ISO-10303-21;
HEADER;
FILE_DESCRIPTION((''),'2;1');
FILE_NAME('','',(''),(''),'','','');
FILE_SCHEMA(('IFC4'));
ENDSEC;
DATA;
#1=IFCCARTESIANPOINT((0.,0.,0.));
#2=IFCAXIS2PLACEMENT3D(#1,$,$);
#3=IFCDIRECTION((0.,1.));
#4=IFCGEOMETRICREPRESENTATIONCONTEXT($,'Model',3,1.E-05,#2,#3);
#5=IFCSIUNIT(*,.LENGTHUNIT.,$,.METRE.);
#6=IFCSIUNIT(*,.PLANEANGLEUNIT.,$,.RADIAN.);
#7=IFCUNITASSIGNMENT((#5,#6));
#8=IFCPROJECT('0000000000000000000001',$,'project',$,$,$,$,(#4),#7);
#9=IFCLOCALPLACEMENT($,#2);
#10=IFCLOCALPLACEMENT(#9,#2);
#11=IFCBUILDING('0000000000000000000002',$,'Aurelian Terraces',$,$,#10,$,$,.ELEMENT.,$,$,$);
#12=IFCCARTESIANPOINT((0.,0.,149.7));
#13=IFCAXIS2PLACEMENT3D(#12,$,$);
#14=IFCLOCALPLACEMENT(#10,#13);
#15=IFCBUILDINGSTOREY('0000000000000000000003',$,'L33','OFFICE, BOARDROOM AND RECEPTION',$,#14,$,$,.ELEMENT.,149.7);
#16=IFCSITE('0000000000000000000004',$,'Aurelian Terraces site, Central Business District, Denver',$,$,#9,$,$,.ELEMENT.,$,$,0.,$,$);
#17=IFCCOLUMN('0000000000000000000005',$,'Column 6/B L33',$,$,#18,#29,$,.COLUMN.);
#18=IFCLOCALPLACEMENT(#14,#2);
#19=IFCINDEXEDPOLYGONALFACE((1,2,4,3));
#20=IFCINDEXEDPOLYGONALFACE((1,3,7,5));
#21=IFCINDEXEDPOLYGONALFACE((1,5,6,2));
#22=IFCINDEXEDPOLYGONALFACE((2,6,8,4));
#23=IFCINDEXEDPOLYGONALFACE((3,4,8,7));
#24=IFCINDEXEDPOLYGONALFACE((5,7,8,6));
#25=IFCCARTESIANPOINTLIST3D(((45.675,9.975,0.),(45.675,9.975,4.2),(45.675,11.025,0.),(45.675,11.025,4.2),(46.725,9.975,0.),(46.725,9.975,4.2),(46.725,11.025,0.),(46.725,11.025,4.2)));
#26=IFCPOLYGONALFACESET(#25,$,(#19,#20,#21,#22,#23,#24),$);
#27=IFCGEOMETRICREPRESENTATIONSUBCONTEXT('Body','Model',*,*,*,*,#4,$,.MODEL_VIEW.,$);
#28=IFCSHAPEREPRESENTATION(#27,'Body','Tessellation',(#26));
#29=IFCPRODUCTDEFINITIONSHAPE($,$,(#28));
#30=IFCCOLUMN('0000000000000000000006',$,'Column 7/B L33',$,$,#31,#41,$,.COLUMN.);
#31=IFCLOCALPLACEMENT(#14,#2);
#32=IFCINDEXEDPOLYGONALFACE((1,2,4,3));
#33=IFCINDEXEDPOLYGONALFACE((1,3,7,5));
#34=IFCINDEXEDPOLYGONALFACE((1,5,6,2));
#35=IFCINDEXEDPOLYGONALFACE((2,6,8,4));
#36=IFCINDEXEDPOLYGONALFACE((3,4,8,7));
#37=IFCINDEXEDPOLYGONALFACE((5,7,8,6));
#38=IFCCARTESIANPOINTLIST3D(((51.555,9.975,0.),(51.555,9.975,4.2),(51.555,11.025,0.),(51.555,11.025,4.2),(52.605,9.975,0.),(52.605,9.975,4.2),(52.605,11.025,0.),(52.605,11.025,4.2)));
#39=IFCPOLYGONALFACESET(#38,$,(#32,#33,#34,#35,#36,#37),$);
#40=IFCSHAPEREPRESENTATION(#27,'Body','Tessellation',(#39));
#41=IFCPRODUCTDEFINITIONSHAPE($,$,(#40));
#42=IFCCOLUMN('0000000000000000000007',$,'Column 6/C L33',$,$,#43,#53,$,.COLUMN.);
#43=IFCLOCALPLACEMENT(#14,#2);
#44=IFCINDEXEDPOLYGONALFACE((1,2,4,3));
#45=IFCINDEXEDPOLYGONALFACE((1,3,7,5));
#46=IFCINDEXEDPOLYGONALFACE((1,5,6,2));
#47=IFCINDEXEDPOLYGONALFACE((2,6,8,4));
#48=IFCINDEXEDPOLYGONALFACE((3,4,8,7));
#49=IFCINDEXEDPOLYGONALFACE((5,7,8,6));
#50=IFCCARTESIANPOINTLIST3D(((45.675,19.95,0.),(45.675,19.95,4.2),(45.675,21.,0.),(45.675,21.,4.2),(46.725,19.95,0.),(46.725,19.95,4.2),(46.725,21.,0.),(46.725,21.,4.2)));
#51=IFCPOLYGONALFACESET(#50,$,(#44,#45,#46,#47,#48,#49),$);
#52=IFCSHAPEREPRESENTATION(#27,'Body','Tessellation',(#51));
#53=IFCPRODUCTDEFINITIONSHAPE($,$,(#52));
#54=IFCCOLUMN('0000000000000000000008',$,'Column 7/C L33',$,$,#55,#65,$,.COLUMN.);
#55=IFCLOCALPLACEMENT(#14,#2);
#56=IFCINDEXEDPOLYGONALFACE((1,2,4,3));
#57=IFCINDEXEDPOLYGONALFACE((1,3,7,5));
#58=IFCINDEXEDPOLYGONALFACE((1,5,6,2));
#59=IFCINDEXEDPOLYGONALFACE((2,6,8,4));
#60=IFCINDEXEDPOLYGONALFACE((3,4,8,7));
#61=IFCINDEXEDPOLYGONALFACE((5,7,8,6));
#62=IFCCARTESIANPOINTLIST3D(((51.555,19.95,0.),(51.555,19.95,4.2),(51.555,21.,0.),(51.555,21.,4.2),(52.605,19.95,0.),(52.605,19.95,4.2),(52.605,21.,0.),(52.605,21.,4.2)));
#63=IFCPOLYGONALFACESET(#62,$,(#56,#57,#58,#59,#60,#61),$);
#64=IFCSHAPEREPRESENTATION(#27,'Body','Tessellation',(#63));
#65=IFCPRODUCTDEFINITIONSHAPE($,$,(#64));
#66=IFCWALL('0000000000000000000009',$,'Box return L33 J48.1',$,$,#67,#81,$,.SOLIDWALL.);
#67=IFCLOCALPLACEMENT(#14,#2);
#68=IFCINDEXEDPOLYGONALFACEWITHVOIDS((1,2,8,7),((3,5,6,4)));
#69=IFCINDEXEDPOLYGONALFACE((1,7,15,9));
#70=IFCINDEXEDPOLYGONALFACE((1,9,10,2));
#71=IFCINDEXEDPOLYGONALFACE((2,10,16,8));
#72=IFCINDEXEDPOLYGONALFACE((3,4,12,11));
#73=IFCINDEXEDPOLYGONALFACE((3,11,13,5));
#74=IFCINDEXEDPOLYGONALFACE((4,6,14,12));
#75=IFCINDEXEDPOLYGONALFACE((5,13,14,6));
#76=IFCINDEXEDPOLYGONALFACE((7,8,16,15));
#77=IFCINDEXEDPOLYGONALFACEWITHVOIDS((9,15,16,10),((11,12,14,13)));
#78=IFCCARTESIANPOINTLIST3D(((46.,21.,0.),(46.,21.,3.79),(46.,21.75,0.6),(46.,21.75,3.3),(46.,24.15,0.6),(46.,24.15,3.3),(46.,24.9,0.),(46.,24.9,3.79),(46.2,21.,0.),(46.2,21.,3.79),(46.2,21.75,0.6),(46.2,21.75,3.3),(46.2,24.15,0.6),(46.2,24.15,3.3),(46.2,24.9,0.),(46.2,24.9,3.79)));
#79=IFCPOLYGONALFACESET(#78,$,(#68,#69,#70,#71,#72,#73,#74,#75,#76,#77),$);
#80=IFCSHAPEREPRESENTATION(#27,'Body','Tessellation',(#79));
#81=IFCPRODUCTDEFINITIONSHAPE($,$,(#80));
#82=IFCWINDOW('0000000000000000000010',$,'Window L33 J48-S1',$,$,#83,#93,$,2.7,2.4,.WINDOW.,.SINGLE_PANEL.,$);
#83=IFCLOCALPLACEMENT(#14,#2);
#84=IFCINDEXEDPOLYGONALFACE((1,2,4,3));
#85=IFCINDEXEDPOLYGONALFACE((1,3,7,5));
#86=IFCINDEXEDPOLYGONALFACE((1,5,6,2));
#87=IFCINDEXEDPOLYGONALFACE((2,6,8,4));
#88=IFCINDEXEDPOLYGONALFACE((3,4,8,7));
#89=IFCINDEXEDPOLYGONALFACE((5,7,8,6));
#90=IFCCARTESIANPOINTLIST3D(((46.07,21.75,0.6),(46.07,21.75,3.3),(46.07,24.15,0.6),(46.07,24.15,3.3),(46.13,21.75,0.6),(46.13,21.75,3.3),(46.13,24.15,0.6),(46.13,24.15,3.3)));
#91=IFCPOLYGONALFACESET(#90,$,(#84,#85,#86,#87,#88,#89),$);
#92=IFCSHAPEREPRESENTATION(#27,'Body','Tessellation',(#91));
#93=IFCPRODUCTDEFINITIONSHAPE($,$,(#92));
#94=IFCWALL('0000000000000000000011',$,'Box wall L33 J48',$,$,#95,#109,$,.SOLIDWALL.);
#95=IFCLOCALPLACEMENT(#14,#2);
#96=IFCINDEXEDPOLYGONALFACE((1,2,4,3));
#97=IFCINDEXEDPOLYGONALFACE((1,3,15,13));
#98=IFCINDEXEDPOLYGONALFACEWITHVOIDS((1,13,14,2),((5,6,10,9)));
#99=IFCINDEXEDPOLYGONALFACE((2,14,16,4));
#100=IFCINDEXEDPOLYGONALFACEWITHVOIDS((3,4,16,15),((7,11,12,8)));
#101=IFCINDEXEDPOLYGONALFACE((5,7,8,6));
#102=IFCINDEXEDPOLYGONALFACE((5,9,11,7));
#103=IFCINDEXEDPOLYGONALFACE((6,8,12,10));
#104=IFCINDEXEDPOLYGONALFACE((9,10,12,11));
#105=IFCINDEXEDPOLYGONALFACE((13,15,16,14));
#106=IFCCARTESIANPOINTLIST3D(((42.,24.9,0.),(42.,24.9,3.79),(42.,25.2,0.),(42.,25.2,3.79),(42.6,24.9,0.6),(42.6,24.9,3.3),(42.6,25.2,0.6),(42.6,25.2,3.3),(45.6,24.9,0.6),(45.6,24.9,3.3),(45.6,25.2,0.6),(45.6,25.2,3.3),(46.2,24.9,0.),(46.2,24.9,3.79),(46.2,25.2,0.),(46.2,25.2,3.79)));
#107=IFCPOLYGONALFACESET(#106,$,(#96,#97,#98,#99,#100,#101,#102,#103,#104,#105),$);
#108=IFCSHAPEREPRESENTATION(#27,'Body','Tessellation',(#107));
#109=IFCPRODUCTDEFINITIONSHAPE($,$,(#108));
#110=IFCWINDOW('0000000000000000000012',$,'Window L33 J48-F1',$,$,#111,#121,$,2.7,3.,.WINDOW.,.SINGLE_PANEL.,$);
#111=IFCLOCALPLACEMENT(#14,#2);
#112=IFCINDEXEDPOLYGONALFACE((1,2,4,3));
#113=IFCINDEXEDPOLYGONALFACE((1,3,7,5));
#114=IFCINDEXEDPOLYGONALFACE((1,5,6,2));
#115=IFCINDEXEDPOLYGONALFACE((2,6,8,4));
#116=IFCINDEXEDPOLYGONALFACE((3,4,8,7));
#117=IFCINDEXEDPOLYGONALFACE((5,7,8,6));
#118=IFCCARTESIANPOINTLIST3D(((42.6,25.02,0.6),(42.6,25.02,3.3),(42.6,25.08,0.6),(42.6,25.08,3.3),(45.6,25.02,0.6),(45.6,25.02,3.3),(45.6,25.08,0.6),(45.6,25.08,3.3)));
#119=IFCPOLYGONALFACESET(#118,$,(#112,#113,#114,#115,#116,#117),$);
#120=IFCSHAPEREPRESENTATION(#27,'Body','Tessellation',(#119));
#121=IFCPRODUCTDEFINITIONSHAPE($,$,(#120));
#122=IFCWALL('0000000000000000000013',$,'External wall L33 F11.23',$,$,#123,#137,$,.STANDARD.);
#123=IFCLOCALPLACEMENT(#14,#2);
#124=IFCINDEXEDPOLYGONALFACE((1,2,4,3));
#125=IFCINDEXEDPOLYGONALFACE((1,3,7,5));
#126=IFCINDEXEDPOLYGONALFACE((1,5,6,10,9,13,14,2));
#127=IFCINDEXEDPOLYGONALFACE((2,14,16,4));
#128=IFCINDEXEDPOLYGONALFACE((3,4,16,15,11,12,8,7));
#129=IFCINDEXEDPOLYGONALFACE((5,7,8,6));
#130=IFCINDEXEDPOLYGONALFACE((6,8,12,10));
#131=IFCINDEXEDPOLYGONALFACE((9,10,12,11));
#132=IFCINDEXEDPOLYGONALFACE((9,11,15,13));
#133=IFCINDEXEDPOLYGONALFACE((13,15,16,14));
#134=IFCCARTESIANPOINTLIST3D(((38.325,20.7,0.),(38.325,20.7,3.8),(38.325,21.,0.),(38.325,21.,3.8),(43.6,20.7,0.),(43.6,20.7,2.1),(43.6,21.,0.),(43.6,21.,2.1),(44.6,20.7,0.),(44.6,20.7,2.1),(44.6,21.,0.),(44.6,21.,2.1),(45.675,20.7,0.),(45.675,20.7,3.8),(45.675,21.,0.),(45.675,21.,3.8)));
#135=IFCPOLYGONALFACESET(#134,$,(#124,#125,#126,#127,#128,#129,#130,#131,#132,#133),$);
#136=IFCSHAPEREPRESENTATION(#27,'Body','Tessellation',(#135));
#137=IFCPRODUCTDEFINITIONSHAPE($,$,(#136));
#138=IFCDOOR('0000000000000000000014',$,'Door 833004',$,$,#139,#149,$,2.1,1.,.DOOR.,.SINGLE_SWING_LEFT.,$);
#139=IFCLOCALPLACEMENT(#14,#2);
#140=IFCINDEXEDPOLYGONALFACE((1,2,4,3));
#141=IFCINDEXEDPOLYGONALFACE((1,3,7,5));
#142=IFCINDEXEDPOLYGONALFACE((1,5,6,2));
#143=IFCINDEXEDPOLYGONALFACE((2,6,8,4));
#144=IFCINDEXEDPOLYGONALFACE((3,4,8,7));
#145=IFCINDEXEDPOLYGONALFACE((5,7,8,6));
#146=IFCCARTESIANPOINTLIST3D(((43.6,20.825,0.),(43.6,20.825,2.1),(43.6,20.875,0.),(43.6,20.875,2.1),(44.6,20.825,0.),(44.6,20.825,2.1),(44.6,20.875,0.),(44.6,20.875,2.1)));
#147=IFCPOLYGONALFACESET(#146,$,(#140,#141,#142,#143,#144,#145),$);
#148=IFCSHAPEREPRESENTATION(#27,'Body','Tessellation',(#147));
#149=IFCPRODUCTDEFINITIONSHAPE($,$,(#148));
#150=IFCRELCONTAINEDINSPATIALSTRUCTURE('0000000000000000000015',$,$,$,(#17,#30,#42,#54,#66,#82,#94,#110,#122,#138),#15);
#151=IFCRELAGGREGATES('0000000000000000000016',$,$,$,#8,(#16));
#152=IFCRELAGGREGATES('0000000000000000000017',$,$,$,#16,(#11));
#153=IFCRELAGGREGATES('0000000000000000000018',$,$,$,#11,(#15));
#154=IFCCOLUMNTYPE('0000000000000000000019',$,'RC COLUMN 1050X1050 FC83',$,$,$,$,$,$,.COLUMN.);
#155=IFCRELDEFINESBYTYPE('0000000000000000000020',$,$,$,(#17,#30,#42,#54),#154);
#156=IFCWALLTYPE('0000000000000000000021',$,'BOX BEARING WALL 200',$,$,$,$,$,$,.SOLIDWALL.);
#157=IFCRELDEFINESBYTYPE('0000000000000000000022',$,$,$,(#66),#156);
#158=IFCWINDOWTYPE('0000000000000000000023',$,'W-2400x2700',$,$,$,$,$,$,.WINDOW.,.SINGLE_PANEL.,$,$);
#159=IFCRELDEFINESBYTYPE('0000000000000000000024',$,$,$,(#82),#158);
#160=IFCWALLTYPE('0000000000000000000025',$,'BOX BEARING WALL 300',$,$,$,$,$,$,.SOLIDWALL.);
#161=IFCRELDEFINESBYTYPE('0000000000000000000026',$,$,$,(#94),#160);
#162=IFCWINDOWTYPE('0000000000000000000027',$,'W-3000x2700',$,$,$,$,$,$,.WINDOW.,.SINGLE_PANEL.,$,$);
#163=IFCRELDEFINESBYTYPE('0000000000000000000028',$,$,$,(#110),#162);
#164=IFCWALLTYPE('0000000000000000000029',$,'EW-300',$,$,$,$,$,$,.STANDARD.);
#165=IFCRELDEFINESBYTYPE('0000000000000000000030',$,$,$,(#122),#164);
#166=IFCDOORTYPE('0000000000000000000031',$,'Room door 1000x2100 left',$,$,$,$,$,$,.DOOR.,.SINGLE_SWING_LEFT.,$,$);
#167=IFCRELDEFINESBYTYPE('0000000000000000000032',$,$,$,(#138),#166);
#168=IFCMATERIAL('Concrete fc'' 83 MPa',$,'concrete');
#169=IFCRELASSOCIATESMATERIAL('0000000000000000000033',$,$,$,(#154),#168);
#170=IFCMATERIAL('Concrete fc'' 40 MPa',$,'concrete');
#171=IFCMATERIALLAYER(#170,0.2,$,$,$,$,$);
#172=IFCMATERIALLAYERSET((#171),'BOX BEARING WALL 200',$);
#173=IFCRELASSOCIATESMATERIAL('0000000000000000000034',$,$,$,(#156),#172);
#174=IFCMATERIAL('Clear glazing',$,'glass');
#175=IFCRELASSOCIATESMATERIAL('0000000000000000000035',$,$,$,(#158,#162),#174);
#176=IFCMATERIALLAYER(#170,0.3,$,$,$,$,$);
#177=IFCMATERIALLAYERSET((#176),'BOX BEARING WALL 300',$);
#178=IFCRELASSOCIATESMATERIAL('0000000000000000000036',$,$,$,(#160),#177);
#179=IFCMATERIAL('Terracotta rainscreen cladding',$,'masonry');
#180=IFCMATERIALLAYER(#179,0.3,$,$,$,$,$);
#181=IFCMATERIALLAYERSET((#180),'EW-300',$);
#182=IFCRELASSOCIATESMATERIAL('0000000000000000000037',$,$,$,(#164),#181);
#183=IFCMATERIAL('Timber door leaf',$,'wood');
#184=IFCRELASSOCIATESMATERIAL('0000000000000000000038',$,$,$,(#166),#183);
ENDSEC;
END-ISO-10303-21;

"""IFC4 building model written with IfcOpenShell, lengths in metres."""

from ifc_helpers import new_model, si_unit, direction, frame, frame_2d, origin, origin_2d, place, context, subcontext, project, spatial, rectangle, extrude, source, transform, mapped, material, layer, layer_set, material_profile, profile_set, type_object, element, fill, save


model = new_model("IFC4")

# Units and contexts
model_context = context("Model", 3, precision=1e-05, world=origin(), true_north=direction((0.0, 1.0)))
body_context = subcontext(model_context, "Body", "Model", "MODEL_VIEW")
ifc_project = project(units=[si_unit("LENGTHUNIT", "METRE"), si_unit("PLANEANGLEUNIT", "RADIAN")], contexts=[model_context])

# Site, building, storey
site_placement = place(None, origin())
site = spatial("IfcSite", under=ifc_project, at=site_placement, Name="Aurelian Terraces site, Central Business District, Denver", CompositionType="ELEMENT", RefElevation=0.0)
building_placement = place(site_placement, origin())
building = spatial("IfcBuilding", under=site, at=building_placement, Name="Aurelian Terraces", CompositionType="ELEMENT")
storey_placement = place(building_placement, frame((0.0, 0.0, 149.7)))
storey = spatial("IfcBuildingStorey", under=building, at=storey_placement, Name="L33", Description="OFFICE, BOARDROOM AND RECEPTION", CompositionType="ELEMENT", Elevation=149.7)

# Columns
ifc_material_1 = material(Name="Concrete fc' 83 MPa", Category="concrete")
ifc_material_profile = material_profile(ifc_material_1, rectangle(XDim=1.05, YDim=1.05, at=origin_2d()))
ifc_profile_set = profile_set([ifc_material_profile], Name="Concrete fc' 83 MPa")
column_type = type_object("IfcColumnType", Name="RC COLUMN 1050X1050 FC83", PredefinedType="COLUMN", material=ifc_profile_set)
shared_shape_1 = source(origin(), body_context, "Body", "SweptSolid", [
    extrude(rectangle(XDim=1.05, YDim=1.05, at=origin_2d()), origin(), (0.0, 0.0, 1.0), 4.2),
])
for number, where, z_axis, x_axis, name in (
    (1, (46.2, 10.5, 0.0), (0.0, 0.0, 1.0), (1.0, 0.0, 0.0), "Column 6/B L33"),
    (2, (52.08, 10.5, 0.0), (0.0, 0.0, 1.0), (1.0, 0.0, 0.0), "Column 7/B L33"),
    (3, (46.2, 20.475, 0.0), (0.0, 0.0, 1.0), (1.0, 0.0, 0.0), "Column 6/C L33"),
    (4, (52.08, 20.475, 0.0), (0.0, 0.0, 1.0), (1.0, 0.0, 0.0), "Column 7/C L33"),
):
    element("IfcColumn", number, at=place(storey_placement, frame(where, z_axis=z_axis, x_axis=x_axis)), inside=storey, type_object=column_type, Name=name, PredefinedType="COLUMN", context=body_context, shape_type="MappedRepresentation", body=[
        mapped(shared_shape_1, transform((0.0, 0.0, 0.0), scale=1.0)),
    ])

# Walls, openings, windows
ifc_material_2 = material(Name="Concrete fc' 40 MPa", Category="concrete")
ifc_layer_1 = layer(ifc_material_2, 0.2)
ifc_layer_set_1 = layer_set([ifc_layer_1], Name="BOX BEARING WALL 200")
wall_type_1 = type_object("IfcWallType", Name="BOX BEARING WALL 200", PredefinedType="SOLIDWALL", material=ifc_layer_set_1)
shared_shape_2 = source(origin(), body_context, "Body", "SweptSolid", [
    extrude(rectangle(XDim=3.9, YDim=0.2, at=frame_2d((1.95, 0.0))), origin(), (0.0, 0.0, 1.0), 3.79),
])
wall_1_placement = place(storey_placement, frame((46.1, 21.0, 0.0), z_axis=(0.0, 0.0, 1.0), x_axis=(0.0, 1.0, 0.0)))
wall_1 = element("IfcWall", 5, at=wall_1_placement, inside=storey, type_object=wall_type_1, Name="Box return L33 J48.1", PredefinedType="SOLIDWALL", context=body_context, shape_type="MappedRepresentation", body=[
    mapped(shared_shape_2, transform((0.0, 0.0, 0.0), scale=1.0)),
])
shared_shape_3 = source(origin(), body_context, "Body", "SweptSolid", [
    extrude(rectangle(XDim=2.4, YDim=2.7, at=frame_2d((1.2, 1.35))), frame((0.0, 0.11, 0.0), z_axis=(0.0, -1.0, 0.0), x_axis=(1.0, 0.0, 0.0)), (0.0, 0.0, 1.0), 0.22),
])
opening_1_placement = place(wall_1_placement, frame((0.75, 0.0, 0.6)))
opening_1 = element("IfcOpeningElement", 6, at=opening_1_placement, cuts=wall_1, PredefinedType="OPENING", context=body_context, shape_type="MappedRepresentation", body=[
    mapped(shared_shape_3, transform((0.0, 0.0, 0.0), scale=1.0)),
])
ifc_material_3 = material(Name="Clear glazing", Category="glass")
window_type_1 = type_object("IfcWindowType", Name="W-2400x2700", PartitioningType="SINGLE_PANEL", PredefinedType="WINDOW", material=ifc_material_3)
shared_shape_4 = source(origin(), body_context, "Body", "SweptSolid", [
    extrude(rectangle(XDim=2.4, YDim=2.7, at=frame_2d((1.2, 1.35))), frame((0.0, 0.03, 0.0), z_axis=(0.0, -1.0, 0.0), x_axis=(1.0, 0.0, 0.0)), (0.0, 0.0, 1.0), 0.06),
])
window_1_placement = place(opening_1_placement, origin())
window_1 = element("IfcWindow", 7, at=window_1_placement, inside=storey, type_object=window_type_1, Name="Window L33 J48-S1", OverallHeight=2.7, OverallWidth=2.4, PartitioningType="SINGLE_PANEL", PredefinedType="WINDOW", context=body_context, shape_type="MappedRepresentation", body=[
    mapped(shared_shape_4, transform((0.0, 0.0, 0.0), scale=1.0)),
])
fill(opening_1, window_1)
ifc_layer_2 = layer(ifc_material_2, 0.3)
ifc_layer_set_2 = layer_set([ifc_layer_2], Name="BOX BEARING WALL 300")
wall_type_2 = type_object("IfcWallType", Name="BOX BEARING WALL 300", PredefinedType="SOLIDWALL", material=ifc_layer_set_2)
shared_shape_5 = source(origin(), body_context, "Body", "SweptSolid", [
    extrude(rectangle(XDim=4.2, YDim=0.3, at=frame_2d((2.1, 0.0))), origin(), (0.0, 0.0, 1.0), 3.79),
])
wall_2_placement = place(storey_placement, frame((46.2, 25.05, 0.0), z_axis=(0.0, 0.0, 1.0), x_axis=(-1.0, 0.0, 0.0)))
wall_2 = element("IfcWall", 8, at=wall_2_placement, inside=storey, type_object=wall_type_2, Name="Box wall L33 J48", PredefinedType="SOLIDWALL", context=body_context, shape_type="MappedRepresentation", body=[
    mapped(shared_shape_5, transform((0.0, 0.0, 0.0), scale=1.0)),
])
shared_shape_6 = source(origin(), body_context, "Body", "SweptSolid", [
    extrude(rectangle(XDim=3.0, YDim=2.7, at=frame_2d((1.5, 1.35))), frame((0.0, 0.16, 0.0), z_axis=(0.0, -1.0, 0.0), x_axis=(1.0, 0.0, 0.0)), (0.0, 0.0, 1.0), 0.32),
])
opening_2_placement = place(wall_2_placement, frame((0.6, 0.0, 0.6)))
opening_2 = element("IfcOpeningElement", 9, at=opening_2_placement, cuts=wall_2, PredefinedType="OPENING", context=body_context, shape_type="MappedRepresentation", body=[
    mapped(shared_shape_6, transform((0.0, 0.0, 0.0), scale=1.0)),
])
window_type_2 = type_object("IfcWindowType", Name="W-3000x2700", PartitioningType="SINGLE_PANEL", PredefinedType="WINDOW", material=ifc_material_3)
shared_shape_7 = source(origin(), body_context, "Body", "SweptSolid", [
    extrude(rectangle(XDim=3.0, YDim=2.7, at=frame_2d((1.5, 1.35))), frame((0.0, 0.03, 0.0), z_axis=(0.0, -1.0, 0.0), x_axis=(1.0, 0.0, 0.0)), (0.0, 0.0, 1.0), 0.06),
])
window_2_placement = place(opening_2_placement, origin())
window_2 = element("IfcWindow", 10, at=window_2_placement, inside=storey, type_object=window_type_2, Name="Window L33 J48-F1", OverallHeight=2.7, OverallWidth=3.0, PartitioningType="SINGLE_PANEL", PredefinedType="WINDOW", context=body_context, shape_type="MappedRepresentation", body=[
    mapped(shared_shape_7, transform((0.0, 0.0, 0.0), scale=1.0)),
])
fill(opening_2, window_2)

# Wall, opening, door
ifc_material_4 = material(Name="Terracotta rainscreen cladding", Category="masonry")
ifc_layer_3 = layer(ifc_material_4, 0.3)
ifc_layer_set_3 = layer_set([ifc_layer_3], Name="EW-300")
wall_type_3 = type_object("IfcWallType", Name="EW-300", PredefinedType="STANDARD", material=ifc_layer_set_3)
shared_shape_8 = source(origin(), body_context, "Body", "SweptSolid", [
    extrude(rectangle(XDim=7.35, YDim=0.3, at=frame_2d((3.675, 0.0))), origin(), (0.0, 0.0, 1.0), 3.8),
])
wall_3_placement = place(storey_placement, frame((45.675, 20.85, 0.0), z_axis=(0.0, 0.0, 1.0), x_axis=(-1.0, 0.0, 0.0)))
wall_3 = element("IfcWall", 11, at=wall_3_placement, inside=storey, type_object=wall_type_3, Name="External wall L33 F11.23", PredefinedType="STANDARD", context=body_context, shape_type="MappedRepresentation", body=[
    mapped(shared_shape_8, transform((0.0, 0.0, 0.0), scale=1.0)),
])
shared_shape_9 = source(origin(), body_context, "Body", "SweptSolid", [
    extrude(rectangle(XDim=1.0, YDim=2.1, at=frame_2d((0.5, 1.05))), frame((0.0, 0.16, 0.0), z_axis=(0.0, -1.0, 0.0), x_axis=(1.0, 0.0, 0.0)), (0.0, 0.0, 1.0), 0.32),
])
opening_3_placement = place(wall_3_placement, frame((1.075, 0.0, 0.0)))
opening_3 = element("IfcOpeningElement", 12, at=opening_3_placement, cuts=wall_3, PredefinedType="OPENING", context=body_context, shape_type="MappedRepresentation", body=[
    mapped(shared_shape_9, transform((0.0, 0.0, 0.0), scale=1.0)),
])
ifc_material_5 = material(Name="Timber door leaf", Category="wood")
door_type_1 = type_object("IfcDoorType", Name="Room door 1000x2100 left", OperationType="SINGLE_SWING_LEFT", PredefinedType="DOOR", material=ifc_material_5)
shared_shape_10 = source(origin(), body_context, "Body", "SweptSolid", [
    extrude(rectangle(XDim=1.0, YDim=2.1, at=frame_2d((0.5, 1.05))), frame((0.0, 0.025, 0.0), z_axis=(0.0, -1.0, 0.0), x_axis=(1.0, 0.0, 0.0)), (0.0, 0.0, 1.0), 0.05),
])
door_1_placement = place(opening_3_placement, origin())
door_1 = element("IfcDoor", 13, at=door_1_placement, inside=storey, type_object=door_type_1, Name="Door 833004", OperationType="SINGLE_SWING_LEFT", OverallHeight=2.1, OverallWidth=1.0, PredefinedType="DOOR", context=body_context, shape_type="MappedRepresentation", body=[
    mapped(shared_shape_10, transform((0.0, 0.0, 0.0), scale=1.0)),
])
fill(opening_3, door_1)

save(model, "model.ifc")
